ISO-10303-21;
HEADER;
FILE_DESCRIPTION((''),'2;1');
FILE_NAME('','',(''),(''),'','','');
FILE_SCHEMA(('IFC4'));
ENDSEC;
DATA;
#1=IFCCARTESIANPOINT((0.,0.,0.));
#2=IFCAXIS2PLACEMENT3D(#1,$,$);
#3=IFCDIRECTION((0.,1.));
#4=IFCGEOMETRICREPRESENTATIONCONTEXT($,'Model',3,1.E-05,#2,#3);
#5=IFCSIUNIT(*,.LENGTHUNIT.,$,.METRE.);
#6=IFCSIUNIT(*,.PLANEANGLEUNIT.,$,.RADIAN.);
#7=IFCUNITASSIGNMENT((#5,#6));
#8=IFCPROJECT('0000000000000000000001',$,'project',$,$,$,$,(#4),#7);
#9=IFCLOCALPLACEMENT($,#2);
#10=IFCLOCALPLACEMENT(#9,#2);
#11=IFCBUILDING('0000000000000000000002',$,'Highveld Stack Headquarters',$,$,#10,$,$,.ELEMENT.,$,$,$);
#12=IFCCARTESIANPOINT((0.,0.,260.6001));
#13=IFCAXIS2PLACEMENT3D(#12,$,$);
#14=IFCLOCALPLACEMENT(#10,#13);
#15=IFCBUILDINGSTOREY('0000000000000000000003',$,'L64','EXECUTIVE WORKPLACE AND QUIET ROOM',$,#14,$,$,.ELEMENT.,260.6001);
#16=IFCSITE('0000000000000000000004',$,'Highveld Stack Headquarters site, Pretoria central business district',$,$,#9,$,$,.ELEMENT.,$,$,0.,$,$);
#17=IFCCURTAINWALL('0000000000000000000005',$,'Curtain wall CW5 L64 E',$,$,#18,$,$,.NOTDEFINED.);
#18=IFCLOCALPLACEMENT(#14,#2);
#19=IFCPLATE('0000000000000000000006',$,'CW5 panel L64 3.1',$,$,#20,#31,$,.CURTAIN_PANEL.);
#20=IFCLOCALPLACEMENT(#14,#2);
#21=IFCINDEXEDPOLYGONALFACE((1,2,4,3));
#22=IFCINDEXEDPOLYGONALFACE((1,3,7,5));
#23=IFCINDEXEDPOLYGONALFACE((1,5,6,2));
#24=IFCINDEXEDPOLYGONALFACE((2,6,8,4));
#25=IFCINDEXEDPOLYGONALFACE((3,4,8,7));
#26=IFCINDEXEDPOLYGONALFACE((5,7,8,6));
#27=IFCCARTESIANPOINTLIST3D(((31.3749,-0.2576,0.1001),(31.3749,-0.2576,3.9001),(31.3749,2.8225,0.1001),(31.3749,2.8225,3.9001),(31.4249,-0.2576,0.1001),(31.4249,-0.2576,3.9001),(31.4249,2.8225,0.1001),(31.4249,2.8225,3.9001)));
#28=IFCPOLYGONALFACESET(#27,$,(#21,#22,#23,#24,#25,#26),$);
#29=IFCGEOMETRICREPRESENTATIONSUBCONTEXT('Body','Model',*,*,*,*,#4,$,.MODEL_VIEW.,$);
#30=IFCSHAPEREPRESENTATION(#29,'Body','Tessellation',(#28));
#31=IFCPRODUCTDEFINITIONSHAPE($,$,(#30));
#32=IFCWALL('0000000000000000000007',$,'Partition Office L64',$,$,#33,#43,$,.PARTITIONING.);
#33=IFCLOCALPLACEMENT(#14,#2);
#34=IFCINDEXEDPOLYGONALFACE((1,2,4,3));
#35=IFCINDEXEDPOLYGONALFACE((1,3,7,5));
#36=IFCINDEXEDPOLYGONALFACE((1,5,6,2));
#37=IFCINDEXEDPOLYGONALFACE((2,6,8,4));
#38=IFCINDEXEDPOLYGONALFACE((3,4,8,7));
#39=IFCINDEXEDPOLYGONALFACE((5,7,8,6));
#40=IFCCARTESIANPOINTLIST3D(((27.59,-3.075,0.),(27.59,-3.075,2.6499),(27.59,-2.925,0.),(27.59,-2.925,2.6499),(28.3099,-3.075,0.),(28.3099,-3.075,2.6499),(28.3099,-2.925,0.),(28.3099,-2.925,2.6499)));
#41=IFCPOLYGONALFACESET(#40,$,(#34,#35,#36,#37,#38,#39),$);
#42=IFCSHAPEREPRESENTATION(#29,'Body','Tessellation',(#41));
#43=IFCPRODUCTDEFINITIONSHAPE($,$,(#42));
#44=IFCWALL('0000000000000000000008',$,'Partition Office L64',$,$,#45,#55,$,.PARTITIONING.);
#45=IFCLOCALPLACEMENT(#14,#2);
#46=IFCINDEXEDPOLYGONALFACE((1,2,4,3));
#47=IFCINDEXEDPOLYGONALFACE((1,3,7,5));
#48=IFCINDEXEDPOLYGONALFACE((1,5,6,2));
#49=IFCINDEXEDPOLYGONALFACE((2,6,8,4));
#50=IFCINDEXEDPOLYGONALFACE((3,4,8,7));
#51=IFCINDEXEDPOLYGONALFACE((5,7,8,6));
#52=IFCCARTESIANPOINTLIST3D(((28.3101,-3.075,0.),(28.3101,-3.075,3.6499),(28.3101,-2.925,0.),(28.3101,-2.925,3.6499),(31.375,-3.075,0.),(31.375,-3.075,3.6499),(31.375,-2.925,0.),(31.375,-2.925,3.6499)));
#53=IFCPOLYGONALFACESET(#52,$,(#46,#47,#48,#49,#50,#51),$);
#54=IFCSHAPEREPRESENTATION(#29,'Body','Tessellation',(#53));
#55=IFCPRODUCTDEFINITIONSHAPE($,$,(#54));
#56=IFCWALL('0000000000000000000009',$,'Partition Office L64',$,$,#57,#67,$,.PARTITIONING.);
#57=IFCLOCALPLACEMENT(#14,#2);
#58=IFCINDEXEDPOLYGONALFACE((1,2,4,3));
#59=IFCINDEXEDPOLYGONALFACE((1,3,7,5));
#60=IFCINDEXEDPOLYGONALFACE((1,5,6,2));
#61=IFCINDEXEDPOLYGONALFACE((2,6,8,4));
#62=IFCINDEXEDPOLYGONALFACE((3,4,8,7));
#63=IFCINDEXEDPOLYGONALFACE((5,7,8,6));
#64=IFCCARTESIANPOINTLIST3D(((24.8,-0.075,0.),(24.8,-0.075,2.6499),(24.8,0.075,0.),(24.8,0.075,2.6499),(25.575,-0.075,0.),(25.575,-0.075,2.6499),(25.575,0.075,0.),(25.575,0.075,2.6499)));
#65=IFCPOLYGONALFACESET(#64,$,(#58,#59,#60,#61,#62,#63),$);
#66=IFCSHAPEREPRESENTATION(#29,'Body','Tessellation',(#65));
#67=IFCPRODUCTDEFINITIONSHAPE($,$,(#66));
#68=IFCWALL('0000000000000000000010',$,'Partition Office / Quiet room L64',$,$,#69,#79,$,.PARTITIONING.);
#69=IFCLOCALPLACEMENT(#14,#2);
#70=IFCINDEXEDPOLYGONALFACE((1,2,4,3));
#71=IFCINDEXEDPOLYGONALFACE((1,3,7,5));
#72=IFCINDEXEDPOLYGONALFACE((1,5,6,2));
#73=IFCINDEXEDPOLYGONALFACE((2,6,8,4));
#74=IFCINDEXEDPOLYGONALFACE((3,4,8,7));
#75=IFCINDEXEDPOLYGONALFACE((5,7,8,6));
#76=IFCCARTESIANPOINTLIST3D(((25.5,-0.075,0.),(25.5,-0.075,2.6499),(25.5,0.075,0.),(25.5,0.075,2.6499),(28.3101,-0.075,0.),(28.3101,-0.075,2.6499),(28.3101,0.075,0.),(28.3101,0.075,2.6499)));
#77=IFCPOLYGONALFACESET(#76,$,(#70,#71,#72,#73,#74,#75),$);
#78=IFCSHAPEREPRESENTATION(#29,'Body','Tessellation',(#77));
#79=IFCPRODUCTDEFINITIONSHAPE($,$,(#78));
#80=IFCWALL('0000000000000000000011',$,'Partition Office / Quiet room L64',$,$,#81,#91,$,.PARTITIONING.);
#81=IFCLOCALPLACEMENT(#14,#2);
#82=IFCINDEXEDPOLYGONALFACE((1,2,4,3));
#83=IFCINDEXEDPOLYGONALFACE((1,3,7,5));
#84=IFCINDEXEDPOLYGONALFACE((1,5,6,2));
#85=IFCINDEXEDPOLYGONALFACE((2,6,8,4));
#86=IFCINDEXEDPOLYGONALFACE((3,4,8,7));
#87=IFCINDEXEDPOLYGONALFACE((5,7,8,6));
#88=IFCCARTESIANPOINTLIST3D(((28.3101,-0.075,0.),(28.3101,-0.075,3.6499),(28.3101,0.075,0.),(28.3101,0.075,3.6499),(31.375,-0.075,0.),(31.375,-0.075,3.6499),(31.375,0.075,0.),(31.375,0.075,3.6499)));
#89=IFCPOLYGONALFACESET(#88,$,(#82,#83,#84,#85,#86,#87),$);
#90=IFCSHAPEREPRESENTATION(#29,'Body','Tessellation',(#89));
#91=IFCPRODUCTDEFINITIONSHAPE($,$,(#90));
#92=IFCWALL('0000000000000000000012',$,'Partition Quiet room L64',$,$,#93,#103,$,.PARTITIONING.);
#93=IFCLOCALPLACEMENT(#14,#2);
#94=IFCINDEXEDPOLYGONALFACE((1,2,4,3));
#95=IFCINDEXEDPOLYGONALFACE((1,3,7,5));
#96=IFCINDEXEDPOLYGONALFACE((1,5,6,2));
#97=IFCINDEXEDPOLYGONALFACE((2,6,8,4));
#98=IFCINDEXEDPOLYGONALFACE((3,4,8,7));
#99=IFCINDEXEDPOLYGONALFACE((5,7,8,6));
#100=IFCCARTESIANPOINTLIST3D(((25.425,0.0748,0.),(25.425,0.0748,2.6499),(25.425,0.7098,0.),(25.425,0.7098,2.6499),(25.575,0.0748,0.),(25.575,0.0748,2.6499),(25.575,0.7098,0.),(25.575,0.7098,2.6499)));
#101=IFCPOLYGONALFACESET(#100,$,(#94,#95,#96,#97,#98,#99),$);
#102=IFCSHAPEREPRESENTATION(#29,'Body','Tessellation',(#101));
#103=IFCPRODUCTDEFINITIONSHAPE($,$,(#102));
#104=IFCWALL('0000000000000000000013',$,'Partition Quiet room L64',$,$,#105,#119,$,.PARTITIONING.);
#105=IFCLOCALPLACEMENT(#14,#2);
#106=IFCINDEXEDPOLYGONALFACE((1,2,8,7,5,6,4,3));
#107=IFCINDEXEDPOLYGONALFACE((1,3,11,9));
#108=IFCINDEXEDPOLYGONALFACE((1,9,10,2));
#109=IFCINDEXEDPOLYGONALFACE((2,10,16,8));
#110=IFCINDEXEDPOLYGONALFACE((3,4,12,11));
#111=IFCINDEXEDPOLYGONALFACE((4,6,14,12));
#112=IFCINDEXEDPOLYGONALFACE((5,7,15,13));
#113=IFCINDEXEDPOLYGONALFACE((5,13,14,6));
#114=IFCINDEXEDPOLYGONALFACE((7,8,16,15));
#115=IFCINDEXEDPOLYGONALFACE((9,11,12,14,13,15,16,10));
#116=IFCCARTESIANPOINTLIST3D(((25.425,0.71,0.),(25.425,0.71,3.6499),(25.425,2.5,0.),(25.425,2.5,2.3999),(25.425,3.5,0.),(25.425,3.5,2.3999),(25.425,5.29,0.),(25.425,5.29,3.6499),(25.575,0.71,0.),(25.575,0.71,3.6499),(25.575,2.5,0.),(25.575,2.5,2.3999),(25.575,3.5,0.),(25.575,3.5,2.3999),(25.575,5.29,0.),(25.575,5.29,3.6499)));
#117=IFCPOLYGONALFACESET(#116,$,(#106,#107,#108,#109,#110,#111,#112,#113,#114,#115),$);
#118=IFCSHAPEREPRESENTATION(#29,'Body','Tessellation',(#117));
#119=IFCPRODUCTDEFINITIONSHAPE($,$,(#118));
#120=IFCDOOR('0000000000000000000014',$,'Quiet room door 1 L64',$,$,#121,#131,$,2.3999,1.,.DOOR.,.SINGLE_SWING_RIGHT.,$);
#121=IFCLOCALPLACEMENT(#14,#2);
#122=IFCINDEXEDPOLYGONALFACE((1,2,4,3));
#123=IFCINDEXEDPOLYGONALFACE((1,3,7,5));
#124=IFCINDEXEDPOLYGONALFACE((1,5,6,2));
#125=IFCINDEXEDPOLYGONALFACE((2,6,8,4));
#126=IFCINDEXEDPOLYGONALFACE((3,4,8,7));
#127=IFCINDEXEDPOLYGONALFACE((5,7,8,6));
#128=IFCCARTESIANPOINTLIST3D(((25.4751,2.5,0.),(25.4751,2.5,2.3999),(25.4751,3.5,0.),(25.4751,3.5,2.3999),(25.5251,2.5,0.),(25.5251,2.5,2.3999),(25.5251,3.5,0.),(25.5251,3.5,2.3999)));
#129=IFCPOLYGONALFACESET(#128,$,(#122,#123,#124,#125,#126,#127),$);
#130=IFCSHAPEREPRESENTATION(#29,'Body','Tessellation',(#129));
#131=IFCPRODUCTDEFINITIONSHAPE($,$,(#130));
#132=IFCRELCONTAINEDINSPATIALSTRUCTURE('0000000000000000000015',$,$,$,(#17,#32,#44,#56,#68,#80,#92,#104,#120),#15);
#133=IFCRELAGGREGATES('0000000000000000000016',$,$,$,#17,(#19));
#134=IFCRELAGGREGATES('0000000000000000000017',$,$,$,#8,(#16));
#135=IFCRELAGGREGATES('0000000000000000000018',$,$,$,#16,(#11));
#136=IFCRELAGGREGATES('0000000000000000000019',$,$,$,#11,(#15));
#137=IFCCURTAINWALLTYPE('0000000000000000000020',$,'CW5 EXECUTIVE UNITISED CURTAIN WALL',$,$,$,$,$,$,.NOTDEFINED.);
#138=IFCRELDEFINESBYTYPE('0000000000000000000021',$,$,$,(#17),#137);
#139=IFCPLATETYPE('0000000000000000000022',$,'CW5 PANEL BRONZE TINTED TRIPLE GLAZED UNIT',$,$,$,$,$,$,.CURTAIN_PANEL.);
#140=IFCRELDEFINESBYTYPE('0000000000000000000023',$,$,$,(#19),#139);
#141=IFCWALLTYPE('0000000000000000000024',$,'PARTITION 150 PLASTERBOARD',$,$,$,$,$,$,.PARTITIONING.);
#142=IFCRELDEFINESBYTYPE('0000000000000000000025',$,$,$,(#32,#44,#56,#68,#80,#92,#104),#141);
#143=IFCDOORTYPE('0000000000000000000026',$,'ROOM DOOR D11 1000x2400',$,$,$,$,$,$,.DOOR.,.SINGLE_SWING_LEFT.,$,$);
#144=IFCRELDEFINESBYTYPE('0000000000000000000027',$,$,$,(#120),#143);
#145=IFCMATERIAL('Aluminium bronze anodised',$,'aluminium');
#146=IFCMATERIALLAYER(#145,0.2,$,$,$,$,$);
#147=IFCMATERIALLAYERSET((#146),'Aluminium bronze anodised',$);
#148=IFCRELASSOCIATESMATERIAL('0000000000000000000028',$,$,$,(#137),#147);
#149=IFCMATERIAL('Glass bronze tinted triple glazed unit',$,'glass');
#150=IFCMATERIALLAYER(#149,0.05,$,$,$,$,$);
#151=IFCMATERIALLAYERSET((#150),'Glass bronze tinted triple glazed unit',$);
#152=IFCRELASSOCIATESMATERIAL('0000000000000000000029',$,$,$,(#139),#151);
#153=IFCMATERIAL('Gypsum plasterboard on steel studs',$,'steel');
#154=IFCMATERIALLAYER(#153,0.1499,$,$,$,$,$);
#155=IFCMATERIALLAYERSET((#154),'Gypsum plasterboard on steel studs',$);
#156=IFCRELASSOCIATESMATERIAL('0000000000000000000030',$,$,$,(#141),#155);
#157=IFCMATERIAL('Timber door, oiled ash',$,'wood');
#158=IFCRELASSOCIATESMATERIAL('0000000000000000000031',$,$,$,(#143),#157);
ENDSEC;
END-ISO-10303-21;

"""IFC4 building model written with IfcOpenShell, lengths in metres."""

from ifc_helpers import new_model, si_unit, direction, frame, frame_2d, origin, origin_2d, place, context, subcontext, project, spatial, rectangle, extrude, material, layer, layer_set, type_object, element, fill, aggregate, save


model = new_model("IFC4")

# Units and contexts
model_context = context("Model", 3, precision=1e-05, world=origin(), true_north=direction((0.0, 1.0)))
body_context = subcontext(model_context, "Body", "Model", "MODEL_VIEW")
ifc_project = project(units=[si_unit("LENGTHUNIT", "METRE"), si_unit("PLANEANGLEUNIT", "RADIAN")], contexts=[model_context])

# Site, building, storey
site_placement = place(None, origin())
site = spatial("IfcSite", under=ifc_project, at=site_placement, Name="Highveld Stack Headquarters site, Pretoria central business district", CompositionType="ELEMENT", RefElevation=0.0)
building_placement = place(site_placement, origin())
building = spatial("IfcBuilding", under=site, at=building_placement, Name="Highveld Stack Headquarters", CompositionType="ELEMENT")
storey_placement = place(building_placement, frame((0.0, 0.0, 260.6001)))
storey = spatial("IfcBuildingStorey", under=building, at=storey_placement, Name="L64", Description="EXECUTIVE WORKPLACE AND QUIET ROOM", CompositionType="ELEMENT", Elevation=260.6001)

# Curtain wall
ifc_material_1 = material(Name="Aluminium bronze anodised", Category="aluminium")
ifc_layer_1 = layer(ifc_material_1, 0.2)
ifc_layer_set_1 = layer_set([ifc_layer_1], Name="Aluminium bronze anodised")
curtain_wall_type = type_object("IfcCurtainWallType", Name="CW5 EXECUTIVE UNITISED CURTAIN WALL", PredefinedType="NOTDEFINED", material=ifc_layer_set_1)
curtain_wall_placement = place(storey_placement, origin())
curtain_wall = element("IfcCurtainWall", 1, at=curtain_wall_placement, inside=storey, type_object=curtain_wall_type, Name="Curtain wall CW5 L64 E", PredefinedType="NOTDEFINED")

# Plate
ifc_material_2 = material(Name="Glass bronze tinted triple glazed unit", Category="glass")
ifc_layer_2 = layer(ifc_material_2, 0.05)
ifc_layer_set_2 = layer_set([ifc_layer_2], Name="Glass bronze tinted triple glazed unit")
plate_type = type_object("IfcPlateType", Name="CW5 PANEL BRONZE TINTED TRIPLE GLAZED UNIT", PredefinedType="CURTAIN_PANEL", material=ifc_layer_set_2)
plate_1_placement = place(storey_placement, frame((31.3999, 1.2825, 0.1001), z_axis=(0.0, 0.0, 1.0), x_axis=(0.0, 1.0, 0.0)))
plate_1 = element("IfcPlate", 2, at=plate_1_placement, type_object=plate_type, Name="CW5 panel L64 3.1", PredefinedType="CURTAIN_PANEL", context=body_context, shape_type="SweptSolid", body=[
    extrude(rectangle(XDim=3.0801, YDim=0.05, at=origin_2d()), origin(), (0.0, 0.0, 1.0), 3.8),
])
aggregate(curtain_wall, [plate_1])

# Walls
ifc_material_3 = material(Name="Gypsum plasterboard on steel studs", Category="steel")
ifc_layer_3 = layer(ifc_material_3, 0.1499)
ifc_layer_set_3 = layer_set([ifc_layer_3], Name="Gypsum plasterboard on steel studs")
wall_type = type_object("IfcWallType", Name="PARTITION 150 PLASTERBOARD", PredefinedType="PARTITIONING", material=ifc_layer_set_3)
wall_1_placement = place(storey_placement, frame((27.5901, -3.0, 0.0), z_axis=(0.0, 0.0, 1.0), x_axis=(1.0, 0.0, 0.0)))
element("IfcWall", 3, at=wall_1_placement, inside=storey, type_object=wall_type, Name="Partition Office L64", PredefinedType="PARTITIONING", context=body_context, shape_type="SweptSolid", body=[
    extrude(rectangle(XDim=0.72, YDim=0.1499, at=frame_2d((0.3599, 0.0))), origin(), (0.0, 0.0, 1.0), 2.6499),
])
wall_2_placement = place(storey_placement, frame((28.3101, -3.0, 0.0), z_axis=(0.0, 0.0, 1.0), x_axis=(1.0, 0.0, 0.0)))
element("IfcWall", 4, at=wall_2_placement, inside=storey, type_object=wall_type, Name="Partition Office L64", PredefinedType="PARTITIONING", context=body_context, shape_type="SweptSolid", body=[
    extrude(rectangle(XDim=3.0649, YDim=0.1499, at=frame_2d((1.5325, 0.0))), origin(), (0.0, 0.0, 1.0), 3.6499),
])
wall_3_placement = place(storey_placement, frame((24.8, 0.0, 0.0), z_axis=(0.0, 0.0, 1.0), x_axis=(1.0, 0.0, 0.0)))
element("IfcWall", 5, at=wall_3_placement, inside=storey, type_object=wall_type, Name="Partition Office L64", PredefinedType="PARTITIONING", context=body_context, shape_type="SweptSolid", body=[
    extrude(rectangle(XDim=0.7749, YDim=0.1499, at=frame_2d((0.3875, 0.0))), origin(), (0.0, 0.0, 1.0), 2.6499),
])
wall_4_placement = place(storey_placement, frame((25.5, 0.0, 0.0), z_axis=(0.0, 0.0, 1.0), x_axis=(1.0, 0.0, 0.0)))
element("IfcWall", 6, at=wall_4_placement, inside=storey, type_object=wall_type, Name="Partition Office / Quiet room L64", PredefinedType="PARTITIONING", context=body_context, shape_type="SweptSolid", body=[
    extrude(rectangle(XDim=2.8101, YDim=0.1499, at=frame_2d((1.405, 0.0))), origin(), (0.0, 0.0, 1.0), 2.6499),
])
wall_5_placement = place(storey_placement, frame((28.3101, 0.0, 0.0), z_axis=(0.0, 0.0, 1.0), x_axis=(1.0, 0.0, 0.0)))
element("IfcWall", 7, at=wall_5_placement, inside=storey, type_object=wall_type, Name="Partition Office / Quiet room L64", PredefinedType="PARTITIONING", context=body_context, shape_type="SweptSolid", body=[
    extrude(rectangle(XDim=3.0649, YDim=0.1499, at=frame_2d((1.5325, 0.0))), origin(), (0.0, 0.0, 1.0), 3.6499),
])
wall_6_placement = place(storey_placement, frame((25.5, 0.075, 0.0), z_axis=(0.0, 0.0, 1.0), x_axis=(0.0, 1.0, 0.0)))
element("IfcWall", 8, at=wall_6_placement, inside=storey, type_object=wall_type, Name="Partition Quiet room L64", PredefinedType="PARTITIONING", context=body_context, shape_type="SweptSolid", body=[
    extrude(rectangle(XDim=0.635, YDim=0.1499, at=frame_2d((0.3174, 0.0))), origin(), (0.0, 0.0, 1.0), 2.6499),
])

# Wall, opening, door
wall_7_placement = place(storey_placement, frame((25.5, 0.71, 0.0), z_axis=(0.0, 0.0, 1.0), x_axis=(0.0, 1.0, 0.0)))
wall_7 = element("IfcWall", 9, at=wall_7_placement, inside=storey, type_object=wall_type, Name="Partition Quiet room L64", PredefinedType="PARTITIONING", context=body_context, shape_type="SweptSolid", body=[
    extrude(rectangle(XDim=4.5801, YDim=0.1499, at=frame_2d((2.29, 0.0))), origin(), (0.0, 0.0, 1.0), 3.6499),
])
opening_placement = place(wall_7_placement, frame((1.79, 0.0, 0.0)))
opening = element("IfcOpeningElement", 10, at=opening_placement, cuts=wall_7, PredefinedType="OPENING", context=body_context, shape_type="SweptSolid", body=[
    extrude(rectangle(XDim=1.0, YDim=2.3999, at=frame_2d((0.5, 1.2))), frame((0.0, 0.085, 0.0), z_axis=(0.0, -1.0, 0.0), x_axis=(1.0, 0.0, 0.0)), (0.0, 0.0, 1.0), 0.1699),
])
ifc_material_4 = material(Name="Timber door, oiled ash", Category="wood")
door_type = type_object("IfcDoorType", Name="ROOM DOOR D11 1000x2400", OperationType="SINGLE_SWING_LEFT", PredefinedType="DOOR", material=ifc_material_4)
door_placement = place(opening_placement, origin())
door = element("IfcDoor", 11, at=door_placement, inside=storey, type_object=door_type, Name="Quiet room door 1 L64", OperationType="SINGLE_SWING_RIGHT", OverallHeight=2.3999, OverallWidth=1.0, PredefinedType="DOOR", context=body_context, shape_type="SweptSolid", body=[
    extrude(rectangle(XDim=1.0, YDim=2.3999, at=frame_2d((0.5, 1.2))), frame((0.0, 0.0249, 0.0), z_axis=(0.0, -1.0, 0.0), x_axis=(1.0, 0.0, 0.0)), (0.0, 0.0, 1.0), 0.05),
])
fill(opening, door)

save(model, "model.ifc")
